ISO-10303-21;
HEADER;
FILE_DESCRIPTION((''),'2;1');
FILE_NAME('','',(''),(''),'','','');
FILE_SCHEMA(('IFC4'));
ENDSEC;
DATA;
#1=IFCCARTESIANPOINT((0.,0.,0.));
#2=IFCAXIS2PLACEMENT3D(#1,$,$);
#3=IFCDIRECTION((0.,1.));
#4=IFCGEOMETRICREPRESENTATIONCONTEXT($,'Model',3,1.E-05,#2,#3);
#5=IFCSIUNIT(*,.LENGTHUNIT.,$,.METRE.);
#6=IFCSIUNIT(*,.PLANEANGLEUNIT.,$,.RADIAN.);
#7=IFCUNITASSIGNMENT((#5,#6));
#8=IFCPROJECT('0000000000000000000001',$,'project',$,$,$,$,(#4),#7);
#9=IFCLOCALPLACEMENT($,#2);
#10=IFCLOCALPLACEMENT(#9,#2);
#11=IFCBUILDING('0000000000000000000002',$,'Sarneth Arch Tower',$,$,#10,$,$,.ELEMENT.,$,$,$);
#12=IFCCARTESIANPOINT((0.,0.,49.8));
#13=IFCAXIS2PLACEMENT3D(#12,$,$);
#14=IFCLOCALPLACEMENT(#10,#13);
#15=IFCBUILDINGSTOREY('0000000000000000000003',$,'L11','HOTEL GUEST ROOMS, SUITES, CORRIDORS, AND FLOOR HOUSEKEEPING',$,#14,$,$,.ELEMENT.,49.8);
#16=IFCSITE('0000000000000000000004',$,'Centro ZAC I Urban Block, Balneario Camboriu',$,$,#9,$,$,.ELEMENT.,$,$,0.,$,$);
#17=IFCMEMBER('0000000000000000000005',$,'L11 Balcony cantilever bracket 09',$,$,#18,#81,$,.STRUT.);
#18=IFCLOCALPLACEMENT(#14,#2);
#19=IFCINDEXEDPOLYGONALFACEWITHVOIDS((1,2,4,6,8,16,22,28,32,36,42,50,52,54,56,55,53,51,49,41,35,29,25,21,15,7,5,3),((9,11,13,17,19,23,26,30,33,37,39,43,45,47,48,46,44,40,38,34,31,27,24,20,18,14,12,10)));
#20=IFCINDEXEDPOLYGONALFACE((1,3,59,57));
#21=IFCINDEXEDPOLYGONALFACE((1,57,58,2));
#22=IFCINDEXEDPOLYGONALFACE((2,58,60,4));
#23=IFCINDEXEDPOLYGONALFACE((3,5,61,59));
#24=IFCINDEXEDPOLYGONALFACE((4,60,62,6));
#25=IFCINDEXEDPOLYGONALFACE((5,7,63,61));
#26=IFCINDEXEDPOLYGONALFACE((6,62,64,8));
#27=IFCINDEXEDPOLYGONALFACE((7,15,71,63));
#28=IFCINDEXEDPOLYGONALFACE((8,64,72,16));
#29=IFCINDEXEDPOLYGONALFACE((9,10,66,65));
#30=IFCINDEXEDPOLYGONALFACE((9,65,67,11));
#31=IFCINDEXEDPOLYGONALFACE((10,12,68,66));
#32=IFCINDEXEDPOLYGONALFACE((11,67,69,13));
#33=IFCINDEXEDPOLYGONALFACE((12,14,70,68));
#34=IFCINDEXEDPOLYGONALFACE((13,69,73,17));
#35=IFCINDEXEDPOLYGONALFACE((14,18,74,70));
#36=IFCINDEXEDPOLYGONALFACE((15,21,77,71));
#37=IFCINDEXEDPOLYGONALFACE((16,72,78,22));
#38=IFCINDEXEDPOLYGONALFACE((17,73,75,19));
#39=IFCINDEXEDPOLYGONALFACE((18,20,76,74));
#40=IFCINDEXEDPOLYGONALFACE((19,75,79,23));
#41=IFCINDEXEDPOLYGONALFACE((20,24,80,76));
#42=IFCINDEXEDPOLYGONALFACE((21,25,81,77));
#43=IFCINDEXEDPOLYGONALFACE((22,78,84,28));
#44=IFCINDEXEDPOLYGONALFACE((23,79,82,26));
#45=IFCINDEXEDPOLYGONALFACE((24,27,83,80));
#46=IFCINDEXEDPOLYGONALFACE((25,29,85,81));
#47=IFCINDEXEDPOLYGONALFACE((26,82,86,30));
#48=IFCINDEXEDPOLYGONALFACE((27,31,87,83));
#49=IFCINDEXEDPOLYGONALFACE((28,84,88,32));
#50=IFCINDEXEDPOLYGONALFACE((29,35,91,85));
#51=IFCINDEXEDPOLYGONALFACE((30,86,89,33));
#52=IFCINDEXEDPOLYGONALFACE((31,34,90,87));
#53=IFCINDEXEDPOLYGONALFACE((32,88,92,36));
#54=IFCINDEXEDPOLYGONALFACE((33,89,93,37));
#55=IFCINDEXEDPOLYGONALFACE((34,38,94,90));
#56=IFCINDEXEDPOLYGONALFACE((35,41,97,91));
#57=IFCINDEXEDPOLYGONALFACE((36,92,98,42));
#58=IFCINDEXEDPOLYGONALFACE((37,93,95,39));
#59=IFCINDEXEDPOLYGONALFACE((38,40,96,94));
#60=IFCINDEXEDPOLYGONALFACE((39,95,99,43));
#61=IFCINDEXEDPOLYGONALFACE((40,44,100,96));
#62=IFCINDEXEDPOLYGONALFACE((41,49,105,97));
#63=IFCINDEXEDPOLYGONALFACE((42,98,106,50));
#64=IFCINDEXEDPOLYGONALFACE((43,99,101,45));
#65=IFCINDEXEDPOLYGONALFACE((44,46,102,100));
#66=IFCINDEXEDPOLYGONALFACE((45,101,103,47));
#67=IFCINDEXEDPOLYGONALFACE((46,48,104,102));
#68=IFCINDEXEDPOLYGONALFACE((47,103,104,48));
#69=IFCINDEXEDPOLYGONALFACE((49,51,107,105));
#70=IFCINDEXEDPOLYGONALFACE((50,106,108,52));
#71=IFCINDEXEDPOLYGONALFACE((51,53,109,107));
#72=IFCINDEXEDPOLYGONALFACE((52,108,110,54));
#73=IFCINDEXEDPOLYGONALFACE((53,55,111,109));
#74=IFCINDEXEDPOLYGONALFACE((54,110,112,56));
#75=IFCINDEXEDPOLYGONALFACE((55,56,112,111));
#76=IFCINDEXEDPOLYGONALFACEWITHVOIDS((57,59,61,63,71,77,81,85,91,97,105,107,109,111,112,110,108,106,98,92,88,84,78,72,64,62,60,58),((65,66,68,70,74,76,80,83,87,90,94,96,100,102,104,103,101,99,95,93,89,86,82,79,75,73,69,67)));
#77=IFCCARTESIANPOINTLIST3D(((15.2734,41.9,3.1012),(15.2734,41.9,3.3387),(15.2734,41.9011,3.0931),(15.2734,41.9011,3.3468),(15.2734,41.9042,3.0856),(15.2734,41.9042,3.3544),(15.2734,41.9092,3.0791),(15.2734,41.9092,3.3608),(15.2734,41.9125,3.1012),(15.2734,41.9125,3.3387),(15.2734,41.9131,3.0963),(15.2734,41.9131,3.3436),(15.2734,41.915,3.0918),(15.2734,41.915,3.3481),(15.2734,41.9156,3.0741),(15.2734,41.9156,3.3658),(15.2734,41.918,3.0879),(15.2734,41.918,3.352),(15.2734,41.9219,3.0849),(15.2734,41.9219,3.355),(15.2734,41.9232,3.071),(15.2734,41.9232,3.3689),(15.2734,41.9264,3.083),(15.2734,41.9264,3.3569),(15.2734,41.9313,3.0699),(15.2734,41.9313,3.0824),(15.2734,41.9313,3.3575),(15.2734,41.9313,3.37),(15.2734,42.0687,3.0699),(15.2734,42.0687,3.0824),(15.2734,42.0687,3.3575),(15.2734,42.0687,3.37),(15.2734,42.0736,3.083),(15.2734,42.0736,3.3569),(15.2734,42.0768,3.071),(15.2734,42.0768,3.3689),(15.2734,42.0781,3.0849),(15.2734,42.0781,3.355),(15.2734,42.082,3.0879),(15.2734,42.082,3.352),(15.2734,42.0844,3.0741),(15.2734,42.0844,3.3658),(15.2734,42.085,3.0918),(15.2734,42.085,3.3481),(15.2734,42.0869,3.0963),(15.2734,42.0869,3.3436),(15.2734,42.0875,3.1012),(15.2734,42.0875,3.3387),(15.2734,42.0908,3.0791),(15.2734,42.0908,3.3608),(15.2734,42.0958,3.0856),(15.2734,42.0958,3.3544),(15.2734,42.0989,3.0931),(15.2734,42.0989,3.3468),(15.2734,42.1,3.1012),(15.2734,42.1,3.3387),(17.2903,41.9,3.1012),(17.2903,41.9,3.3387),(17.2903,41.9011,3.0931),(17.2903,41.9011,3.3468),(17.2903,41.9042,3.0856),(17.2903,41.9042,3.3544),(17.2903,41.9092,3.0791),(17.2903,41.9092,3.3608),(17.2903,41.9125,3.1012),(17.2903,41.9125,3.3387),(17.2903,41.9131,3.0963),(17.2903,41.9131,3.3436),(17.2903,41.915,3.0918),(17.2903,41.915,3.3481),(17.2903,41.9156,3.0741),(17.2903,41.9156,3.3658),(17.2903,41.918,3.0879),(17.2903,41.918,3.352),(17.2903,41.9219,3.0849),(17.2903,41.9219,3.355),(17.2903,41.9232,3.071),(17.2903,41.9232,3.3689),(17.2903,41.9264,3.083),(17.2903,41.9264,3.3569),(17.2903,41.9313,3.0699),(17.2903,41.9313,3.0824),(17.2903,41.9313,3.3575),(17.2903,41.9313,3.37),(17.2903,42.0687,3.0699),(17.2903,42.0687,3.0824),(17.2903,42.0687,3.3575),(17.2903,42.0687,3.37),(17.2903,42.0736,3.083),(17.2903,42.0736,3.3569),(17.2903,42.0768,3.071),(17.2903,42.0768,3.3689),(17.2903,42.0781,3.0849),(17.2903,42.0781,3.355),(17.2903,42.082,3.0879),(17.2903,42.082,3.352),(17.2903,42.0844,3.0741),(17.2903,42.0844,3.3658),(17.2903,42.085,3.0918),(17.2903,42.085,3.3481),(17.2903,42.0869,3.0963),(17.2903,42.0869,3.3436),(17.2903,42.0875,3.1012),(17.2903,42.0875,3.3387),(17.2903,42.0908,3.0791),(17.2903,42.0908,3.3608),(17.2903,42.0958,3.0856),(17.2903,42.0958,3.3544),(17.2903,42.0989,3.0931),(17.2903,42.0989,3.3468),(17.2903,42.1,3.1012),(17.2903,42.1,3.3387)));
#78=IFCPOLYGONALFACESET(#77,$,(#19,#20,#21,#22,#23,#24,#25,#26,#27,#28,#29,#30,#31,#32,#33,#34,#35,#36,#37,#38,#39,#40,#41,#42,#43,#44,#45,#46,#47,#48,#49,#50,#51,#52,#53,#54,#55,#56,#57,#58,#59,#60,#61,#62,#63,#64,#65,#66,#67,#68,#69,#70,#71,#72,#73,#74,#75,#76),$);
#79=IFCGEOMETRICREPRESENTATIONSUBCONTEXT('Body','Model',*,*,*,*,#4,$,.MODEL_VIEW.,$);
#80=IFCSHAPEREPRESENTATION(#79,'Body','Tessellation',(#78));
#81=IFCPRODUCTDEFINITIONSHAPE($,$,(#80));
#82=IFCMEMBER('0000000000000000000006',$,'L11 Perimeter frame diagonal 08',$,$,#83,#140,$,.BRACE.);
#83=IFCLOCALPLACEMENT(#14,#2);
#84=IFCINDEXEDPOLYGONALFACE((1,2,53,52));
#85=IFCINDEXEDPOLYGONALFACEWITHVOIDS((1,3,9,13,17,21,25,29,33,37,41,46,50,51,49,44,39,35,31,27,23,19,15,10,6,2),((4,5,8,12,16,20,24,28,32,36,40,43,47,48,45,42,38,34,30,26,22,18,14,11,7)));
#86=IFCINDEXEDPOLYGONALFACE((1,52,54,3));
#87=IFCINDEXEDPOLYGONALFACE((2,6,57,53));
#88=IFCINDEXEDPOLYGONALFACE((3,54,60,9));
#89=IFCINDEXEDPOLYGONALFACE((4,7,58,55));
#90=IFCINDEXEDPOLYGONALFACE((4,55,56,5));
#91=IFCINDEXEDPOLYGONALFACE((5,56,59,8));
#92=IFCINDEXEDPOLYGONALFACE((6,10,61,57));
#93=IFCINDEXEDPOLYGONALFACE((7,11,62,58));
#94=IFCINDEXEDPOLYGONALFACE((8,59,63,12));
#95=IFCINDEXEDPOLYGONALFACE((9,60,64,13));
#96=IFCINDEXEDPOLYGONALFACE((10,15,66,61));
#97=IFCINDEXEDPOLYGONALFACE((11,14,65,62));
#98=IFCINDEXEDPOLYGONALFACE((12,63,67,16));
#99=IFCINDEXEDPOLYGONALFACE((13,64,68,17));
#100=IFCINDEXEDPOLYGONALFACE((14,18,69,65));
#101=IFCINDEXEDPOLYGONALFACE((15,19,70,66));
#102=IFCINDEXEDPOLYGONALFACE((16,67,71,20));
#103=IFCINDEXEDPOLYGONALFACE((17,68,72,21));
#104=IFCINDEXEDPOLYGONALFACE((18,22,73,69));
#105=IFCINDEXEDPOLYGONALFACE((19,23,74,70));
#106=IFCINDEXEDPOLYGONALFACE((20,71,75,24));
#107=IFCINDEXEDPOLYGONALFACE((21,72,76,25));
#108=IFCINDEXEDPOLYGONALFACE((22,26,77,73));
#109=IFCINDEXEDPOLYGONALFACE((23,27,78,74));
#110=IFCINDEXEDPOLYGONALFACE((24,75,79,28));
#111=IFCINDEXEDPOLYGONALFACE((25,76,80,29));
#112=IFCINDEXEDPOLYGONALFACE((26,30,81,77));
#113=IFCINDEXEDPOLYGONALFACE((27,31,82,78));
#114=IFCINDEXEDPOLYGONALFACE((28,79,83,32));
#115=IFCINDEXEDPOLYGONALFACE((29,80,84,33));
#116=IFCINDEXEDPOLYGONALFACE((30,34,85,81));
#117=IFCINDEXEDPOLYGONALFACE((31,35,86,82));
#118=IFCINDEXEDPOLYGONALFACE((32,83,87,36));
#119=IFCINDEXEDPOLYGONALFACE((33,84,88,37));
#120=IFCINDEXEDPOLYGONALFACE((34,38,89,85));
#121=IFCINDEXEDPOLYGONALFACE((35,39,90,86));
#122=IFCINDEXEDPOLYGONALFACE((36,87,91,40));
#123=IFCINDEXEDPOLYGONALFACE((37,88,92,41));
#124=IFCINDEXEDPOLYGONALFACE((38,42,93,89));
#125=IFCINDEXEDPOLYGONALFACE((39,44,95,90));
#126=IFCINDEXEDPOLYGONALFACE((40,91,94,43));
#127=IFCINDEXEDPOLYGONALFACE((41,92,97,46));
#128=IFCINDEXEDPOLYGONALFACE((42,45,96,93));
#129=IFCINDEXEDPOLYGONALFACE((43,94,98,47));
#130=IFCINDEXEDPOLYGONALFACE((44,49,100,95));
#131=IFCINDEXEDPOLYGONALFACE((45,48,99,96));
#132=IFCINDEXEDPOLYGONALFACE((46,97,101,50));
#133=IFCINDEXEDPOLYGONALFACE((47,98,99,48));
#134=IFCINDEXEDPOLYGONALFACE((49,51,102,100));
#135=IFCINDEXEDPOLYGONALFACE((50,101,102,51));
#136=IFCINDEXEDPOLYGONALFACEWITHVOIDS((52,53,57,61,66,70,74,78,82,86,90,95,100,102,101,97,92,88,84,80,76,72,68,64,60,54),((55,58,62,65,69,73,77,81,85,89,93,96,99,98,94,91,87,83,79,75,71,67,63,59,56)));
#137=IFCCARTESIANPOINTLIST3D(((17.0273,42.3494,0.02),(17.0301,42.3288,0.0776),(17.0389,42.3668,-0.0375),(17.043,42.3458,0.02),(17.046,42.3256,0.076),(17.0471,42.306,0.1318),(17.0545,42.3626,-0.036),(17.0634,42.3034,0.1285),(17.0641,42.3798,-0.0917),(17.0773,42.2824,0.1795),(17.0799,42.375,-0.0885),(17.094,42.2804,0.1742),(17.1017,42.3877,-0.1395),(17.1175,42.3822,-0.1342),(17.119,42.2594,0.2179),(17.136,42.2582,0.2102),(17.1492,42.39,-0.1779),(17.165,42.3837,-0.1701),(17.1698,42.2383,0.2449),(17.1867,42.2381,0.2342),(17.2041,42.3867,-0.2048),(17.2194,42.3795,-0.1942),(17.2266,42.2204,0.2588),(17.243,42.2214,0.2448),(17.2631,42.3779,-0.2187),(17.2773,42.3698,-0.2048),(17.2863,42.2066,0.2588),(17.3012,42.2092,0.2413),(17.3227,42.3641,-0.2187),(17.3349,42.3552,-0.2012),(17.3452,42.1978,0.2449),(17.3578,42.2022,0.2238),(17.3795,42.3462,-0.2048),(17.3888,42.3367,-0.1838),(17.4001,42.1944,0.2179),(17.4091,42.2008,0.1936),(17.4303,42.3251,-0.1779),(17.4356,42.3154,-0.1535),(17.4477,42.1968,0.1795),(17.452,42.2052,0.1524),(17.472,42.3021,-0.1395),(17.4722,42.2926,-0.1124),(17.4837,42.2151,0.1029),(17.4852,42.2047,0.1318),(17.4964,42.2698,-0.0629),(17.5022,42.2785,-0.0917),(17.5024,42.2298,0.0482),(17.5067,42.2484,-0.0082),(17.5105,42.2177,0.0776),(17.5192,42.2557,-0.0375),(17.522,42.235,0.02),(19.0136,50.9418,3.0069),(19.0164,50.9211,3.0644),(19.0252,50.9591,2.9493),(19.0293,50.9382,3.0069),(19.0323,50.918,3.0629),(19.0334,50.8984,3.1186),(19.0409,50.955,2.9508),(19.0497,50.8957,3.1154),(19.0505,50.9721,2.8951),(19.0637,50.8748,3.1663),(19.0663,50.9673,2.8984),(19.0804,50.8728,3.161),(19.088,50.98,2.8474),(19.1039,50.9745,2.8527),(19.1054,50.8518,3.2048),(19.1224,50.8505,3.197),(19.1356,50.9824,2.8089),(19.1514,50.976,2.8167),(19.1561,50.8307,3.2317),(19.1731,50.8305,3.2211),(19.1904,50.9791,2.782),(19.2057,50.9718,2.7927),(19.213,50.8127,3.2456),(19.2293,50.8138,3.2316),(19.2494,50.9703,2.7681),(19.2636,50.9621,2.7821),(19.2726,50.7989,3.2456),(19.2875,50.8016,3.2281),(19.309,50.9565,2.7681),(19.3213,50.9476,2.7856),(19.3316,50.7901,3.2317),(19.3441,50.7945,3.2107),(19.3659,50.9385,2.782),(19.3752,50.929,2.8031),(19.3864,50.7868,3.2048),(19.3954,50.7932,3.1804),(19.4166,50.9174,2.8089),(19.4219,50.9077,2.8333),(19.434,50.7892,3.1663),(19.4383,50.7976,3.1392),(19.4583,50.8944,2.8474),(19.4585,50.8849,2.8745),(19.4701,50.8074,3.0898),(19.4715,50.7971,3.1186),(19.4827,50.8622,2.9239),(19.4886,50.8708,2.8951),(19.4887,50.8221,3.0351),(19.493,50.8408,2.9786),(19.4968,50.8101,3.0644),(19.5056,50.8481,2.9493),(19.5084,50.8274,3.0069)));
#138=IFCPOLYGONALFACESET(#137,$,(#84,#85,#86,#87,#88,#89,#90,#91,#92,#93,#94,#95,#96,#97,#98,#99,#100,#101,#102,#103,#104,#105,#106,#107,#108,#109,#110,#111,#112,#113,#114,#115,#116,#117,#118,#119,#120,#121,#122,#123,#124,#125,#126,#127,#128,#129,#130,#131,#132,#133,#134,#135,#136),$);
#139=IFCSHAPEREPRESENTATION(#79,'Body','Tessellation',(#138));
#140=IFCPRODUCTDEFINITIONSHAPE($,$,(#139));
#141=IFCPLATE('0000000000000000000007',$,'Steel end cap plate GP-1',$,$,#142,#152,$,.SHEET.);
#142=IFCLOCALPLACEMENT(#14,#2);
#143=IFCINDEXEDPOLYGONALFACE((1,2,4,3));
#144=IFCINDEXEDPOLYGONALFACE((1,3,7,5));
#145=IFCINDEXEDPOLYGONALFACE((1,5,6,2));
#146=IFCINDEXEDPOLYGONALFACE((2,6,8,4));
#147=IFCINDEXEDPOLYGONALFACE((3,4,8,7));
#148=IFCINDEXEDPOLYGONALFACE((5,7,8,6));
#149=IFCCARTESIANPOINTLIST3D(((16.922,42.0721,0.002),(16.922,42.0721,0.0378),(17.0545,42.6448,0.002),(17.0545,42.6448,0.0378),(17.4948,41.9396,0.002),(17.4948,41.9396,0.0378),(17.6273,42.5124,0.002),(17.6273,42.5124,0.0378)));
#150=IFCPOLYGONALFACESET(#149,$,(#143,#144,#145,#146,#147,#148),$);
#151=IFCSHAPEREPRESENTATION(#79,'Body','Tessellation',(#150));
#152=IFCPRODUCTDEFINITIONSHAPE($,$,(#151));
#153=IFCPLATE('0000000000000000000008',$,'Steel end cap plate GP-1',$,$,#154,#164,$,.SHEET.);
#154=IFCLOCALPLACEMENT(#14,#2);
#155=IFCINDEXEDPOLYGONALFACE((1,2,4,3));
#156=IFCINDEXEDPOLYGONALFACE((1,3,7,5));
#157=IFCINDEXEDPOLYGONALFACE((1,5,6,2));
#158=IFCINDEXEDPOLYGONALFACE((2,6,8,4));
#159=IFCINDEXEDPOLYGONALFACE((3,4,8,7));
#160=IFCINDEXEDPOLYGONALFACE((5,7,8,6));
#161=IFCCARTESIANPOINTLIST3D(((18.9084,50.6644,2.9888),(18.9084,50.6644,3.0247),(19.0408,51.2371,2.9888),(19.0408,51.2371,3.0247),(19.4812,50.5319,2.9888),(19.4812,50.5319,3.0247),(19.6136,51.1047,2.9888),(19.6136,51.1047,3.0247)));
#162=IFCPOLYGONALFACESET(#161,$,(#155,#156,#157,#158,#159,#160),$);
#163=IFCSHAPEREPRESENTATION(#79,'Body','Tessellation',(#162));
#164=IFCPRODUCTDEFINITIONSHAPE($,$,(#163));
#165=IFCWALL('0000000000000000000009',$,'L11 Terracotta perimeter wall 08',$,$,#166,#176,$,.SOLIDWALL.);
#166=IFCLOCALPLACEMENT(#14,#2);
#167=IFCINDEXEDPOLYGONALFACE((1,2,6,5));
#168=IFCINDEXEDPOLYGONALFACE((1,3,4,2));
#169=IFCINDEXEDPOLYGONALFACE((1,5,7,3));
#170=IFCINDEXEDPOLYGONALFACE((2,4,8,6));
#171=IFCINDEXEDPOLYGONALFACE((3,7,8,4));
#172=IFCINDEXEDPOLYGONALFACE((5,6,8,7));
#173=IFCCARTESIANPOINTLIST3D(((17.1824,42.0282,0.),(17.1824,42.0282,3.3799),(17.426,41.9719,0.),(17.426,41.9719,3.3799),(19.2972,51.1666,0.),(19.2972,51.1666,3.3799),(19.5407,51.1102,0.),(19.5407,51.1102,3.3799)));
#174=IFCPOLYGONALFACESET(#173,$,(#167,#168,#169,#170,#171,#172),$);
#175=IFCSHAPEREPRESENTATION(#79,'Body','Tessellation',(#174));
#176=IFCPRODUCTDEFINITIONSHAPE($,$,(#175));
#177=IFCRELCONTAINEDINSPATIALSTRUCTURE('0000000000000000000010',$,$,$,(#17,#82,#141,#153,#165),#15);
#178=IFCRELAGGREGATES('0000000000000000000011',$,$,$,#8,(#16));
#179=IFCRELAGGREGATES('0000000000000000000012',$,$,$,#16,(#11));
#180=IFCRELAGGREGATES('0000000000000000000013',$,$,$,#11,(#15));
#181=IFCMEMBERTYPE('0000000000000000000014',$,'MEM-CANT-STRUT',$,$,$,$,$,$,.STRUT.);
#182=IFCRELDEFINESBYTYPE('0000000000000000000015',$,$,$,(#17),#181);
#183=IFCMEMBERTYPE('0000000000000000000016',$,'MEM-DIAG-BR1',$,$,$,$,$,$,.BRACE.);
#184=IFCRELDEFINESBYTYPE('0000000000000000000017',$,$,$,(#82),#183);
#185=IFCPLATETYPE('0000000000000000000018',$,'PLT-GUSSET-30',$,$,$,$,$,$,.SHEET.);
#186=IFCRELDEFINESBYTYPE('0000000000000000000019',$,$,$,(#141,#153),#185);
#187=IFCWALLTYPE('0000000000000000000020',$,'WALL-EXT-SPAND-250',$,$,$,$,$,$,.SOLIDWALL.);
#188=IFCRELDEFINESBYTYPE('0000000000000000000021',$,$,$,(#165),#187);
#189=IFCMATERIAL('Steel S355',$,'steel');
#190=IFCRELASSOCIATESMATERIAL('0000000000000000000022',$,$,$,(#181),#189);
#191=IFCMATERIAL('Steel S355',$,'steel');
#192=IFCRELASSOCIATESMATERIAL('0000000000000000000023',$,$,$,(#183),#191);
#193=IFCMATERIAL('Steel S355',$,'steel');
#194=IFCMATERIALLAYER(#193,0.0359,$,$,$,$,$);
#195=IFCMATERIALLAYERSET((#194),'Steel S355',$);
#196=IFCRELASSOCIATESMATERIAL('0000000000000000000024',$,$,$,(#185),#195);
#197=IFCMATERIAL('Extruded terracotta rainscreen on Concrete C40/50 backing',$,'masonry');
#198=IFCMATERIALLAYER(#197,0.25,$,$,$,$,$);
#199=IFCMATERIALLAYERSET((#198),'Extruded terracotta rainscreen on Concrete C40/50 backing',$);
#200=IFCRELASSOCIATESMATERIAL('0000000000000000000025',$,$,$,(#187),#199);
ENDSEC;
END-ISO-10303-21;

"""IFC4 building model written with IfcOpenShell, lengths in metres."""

from ifc_helpers import new_model, si_unit, direction, frame, frame_2d, origin, origin_2d, place, context, subcontext, project, spatial, rectangle, hollow_rectangle, hollow_circle, extrude, material, layer, layer_set, material_profile, profile_set, type_object, element, save


model = new_model("IFC4")

# Units and contexts
model_context = context("Model", 3, precision=1e-05, world=origin(), true_north=direction((0.0, 1.0)))
body_context = subcontext(model_context, "Body", "Model", "MODEL_VIEW")
ifc_project = project(units=[si_unit("LENGTHUNIT", "METRE"), si_unit("PLANEANGLEUNIT", "RADIAN")], contexts=[model_context])

# Site, building, storey
site_placement = place(None, origin())
site = spatial("IfcSite", under=ifc_project, at=site_placement, Name="Centro ZAC I Urban Block, Balneario Camboriu", CompositionType="ELEMENT", RefElevation=0.0)
building_placement = place(site_placement, origin())
building = spatial("IfcBuilding", under=site, at=building_placement, Name="Sarneth Arch Tower", CompositionType="ELEMENT")
storey_placement = place(building_placement, frame((0.0, 0.0, 49.8)))
storey = spatial("IfcBuildingStorey", under=building, at=storey_placement, Name="L11", Description="HOTEL GUEST ROOMS, SUITES, CORRIDORS, AND FLOOR HOUSEKEEPING", CompositionType="ELEMENT", Elevation=49.8)

# Members
ifc_material_1 = material(Name="Steel S355", Category="steel")
ifc_material_profile_1 = material_profile(ifc_material_1, hollow_rectangle(XDim=0.2, YDim=0.3, WallThickness=0.0125, InnerFilletRadius=0.0188, OuterFilletRadius=0.0312, at=origin_2d()), Name="RHS300x200x12.5")
ifc_profile_set_1 = profile_set([ifc_material_profile_1], Name="Steel S355")
member_type_1 = type_object("IfcMemberType", Name="MEM-CANT-STRUT", PredefinedType="STRUT", material=ifc_profile_set_1)
member_1_placement = place(storey_placement, frame((17.2903, 42.0, 3.22), z_axis=(-1.0, 0.0, 0.0), x_axis=(0.0, -1.0, 0.0)))
element("IfcMember", 1, at=member_1_placement, inside=storey, type_object=member_type_1, Name="L11 Balcony cantilever bracket 09", PredefinedType="STRUT", context=body_context, shape_type="SweptSolid", body=[
    extrude(hollow_rectangle(XDim=0.2, YDim=0.3, WallThickness=0.0125, InnerFilletRadius=0.0188, OuterFilletRadius=0.0312, at=origin_2d()), origin(), (0.0, 0.0, 1.0), 2.0168),
])
ifc_material_2 = material(Name="Steel S355", Category="steel")
ifc_material_profile_2 = material_profile(ifc_material_2, hollow_circle(Radius=0.2539, WallThickness=0.0161, at=origin_2d()), Name="CHS508x16")
ifc_profile_set_2 = profile_set([ifc_material_profile_2], Name="Steel S355")
member_type_2 = type_object("IfcMemberType", Name="MEM-DIAG-BR1", PredefinedType="BRACE", material=ifc_profile_set_2)
member_2_placement = place(storey_placement, frame((17.2747, 42.2922, 0.02), z_axis=(0.213332, 0.922814, 0.320785), x_axis=(-0.974304, 0.225236, 0.0)))
element("IfcMember", 2, at=member_2_placement, inside=storey, type_object=member_type_2, Name="L11 Perimeter frame diagonal 08", PredefinedType="BRACE", context=body_context, shape_type="SweptSolid", body=[
    extrude(hollow_circle(Radius=0.2539, WallThickness=0.0161, at=origin_2d()), origin(), (0.0, 0.0, 1.0), 9.311),
])

# Plates
ifc_material_3 = material(Name="Steel S355", Category="steel")
ifc_layer_1 = layer(ifc_material_3, 0.0359)
ifc_layer_set_1 = layer_set([ifc_layer_1], Name="Steel S355")
plate_type = type_object("IfcPlateType", Name="PLT-GUSSET-30", PredefinedType="SHEET", material=ifc_layer_set_1)
for number, where, z_axis, x_axis, name in (
    (3, (17.2747, 42.2922, 0.002), (0.0, 0.0, 1.0), (-0.225291, -0.974291, 0.0), "Steel end cap plate GP-1"),
    (4, (19.261, 50.8845, 2.9888), (0.0, 0.0, 1.0), (-0.225291, -0.974291, 0.0), "Steel end cap plate GP-1"),
):
    element("IfcPlate", number, at=place(storey_placement, frame(where, z_axis=z_axis, x_axis=x_axis)), inside=storey, type_object=plate_type, Name=name, PredefinedType="SHEET", context=body_context, shape_type="SweptSolid", body=[
        extrude(rectangle(XDim=0.5879, YDim=0.5879, at=origin_2d()), origin(), (0.0, 0.0, 1.0), 0.0359),
    ])

# Wall
ifc_material_4 = material(Name="Extruded terracotta rainscreen on Concrete C40/50 backing", Category="masonry")
ifc_layer_2 = layer(ifc_material_4, 0.25)
ifc_layer_set_2 = layer_set([ifc_layer_2], Name="Extruded terracotta rainscreen on Concrete C40/50 backing")
wall_type_1 = type_object("IfcWallType", Name="WALL-EXT-SPAND-250", PredefinedType="SOLIDWALL", material=ifc_layer_set_2)
wall_1_placement = place(storey_placement, frame((19.4189, 51.1384, 0.0), z_axis=(0.0, 0.0, 1.0), x_axis=(-0.225454, -0.974254, 0.0)))
element("IfcWall", 5, at=wall_1_placement, inside=storey, type_object=wall_type_1, Name="L11 Terracotta perimeter wall 08", PredefinedType="SOLIDWALL", context=body_context, shape_type="SweptSolid", body=[
    extrude(rectangle(XDim=9.3799, YDim=0.25, at=frame_2d((4.6899, 0.0))), origin(), (0.0, 0.0, 1.0), 3.3799),
])

save(model, "model.ifc")
